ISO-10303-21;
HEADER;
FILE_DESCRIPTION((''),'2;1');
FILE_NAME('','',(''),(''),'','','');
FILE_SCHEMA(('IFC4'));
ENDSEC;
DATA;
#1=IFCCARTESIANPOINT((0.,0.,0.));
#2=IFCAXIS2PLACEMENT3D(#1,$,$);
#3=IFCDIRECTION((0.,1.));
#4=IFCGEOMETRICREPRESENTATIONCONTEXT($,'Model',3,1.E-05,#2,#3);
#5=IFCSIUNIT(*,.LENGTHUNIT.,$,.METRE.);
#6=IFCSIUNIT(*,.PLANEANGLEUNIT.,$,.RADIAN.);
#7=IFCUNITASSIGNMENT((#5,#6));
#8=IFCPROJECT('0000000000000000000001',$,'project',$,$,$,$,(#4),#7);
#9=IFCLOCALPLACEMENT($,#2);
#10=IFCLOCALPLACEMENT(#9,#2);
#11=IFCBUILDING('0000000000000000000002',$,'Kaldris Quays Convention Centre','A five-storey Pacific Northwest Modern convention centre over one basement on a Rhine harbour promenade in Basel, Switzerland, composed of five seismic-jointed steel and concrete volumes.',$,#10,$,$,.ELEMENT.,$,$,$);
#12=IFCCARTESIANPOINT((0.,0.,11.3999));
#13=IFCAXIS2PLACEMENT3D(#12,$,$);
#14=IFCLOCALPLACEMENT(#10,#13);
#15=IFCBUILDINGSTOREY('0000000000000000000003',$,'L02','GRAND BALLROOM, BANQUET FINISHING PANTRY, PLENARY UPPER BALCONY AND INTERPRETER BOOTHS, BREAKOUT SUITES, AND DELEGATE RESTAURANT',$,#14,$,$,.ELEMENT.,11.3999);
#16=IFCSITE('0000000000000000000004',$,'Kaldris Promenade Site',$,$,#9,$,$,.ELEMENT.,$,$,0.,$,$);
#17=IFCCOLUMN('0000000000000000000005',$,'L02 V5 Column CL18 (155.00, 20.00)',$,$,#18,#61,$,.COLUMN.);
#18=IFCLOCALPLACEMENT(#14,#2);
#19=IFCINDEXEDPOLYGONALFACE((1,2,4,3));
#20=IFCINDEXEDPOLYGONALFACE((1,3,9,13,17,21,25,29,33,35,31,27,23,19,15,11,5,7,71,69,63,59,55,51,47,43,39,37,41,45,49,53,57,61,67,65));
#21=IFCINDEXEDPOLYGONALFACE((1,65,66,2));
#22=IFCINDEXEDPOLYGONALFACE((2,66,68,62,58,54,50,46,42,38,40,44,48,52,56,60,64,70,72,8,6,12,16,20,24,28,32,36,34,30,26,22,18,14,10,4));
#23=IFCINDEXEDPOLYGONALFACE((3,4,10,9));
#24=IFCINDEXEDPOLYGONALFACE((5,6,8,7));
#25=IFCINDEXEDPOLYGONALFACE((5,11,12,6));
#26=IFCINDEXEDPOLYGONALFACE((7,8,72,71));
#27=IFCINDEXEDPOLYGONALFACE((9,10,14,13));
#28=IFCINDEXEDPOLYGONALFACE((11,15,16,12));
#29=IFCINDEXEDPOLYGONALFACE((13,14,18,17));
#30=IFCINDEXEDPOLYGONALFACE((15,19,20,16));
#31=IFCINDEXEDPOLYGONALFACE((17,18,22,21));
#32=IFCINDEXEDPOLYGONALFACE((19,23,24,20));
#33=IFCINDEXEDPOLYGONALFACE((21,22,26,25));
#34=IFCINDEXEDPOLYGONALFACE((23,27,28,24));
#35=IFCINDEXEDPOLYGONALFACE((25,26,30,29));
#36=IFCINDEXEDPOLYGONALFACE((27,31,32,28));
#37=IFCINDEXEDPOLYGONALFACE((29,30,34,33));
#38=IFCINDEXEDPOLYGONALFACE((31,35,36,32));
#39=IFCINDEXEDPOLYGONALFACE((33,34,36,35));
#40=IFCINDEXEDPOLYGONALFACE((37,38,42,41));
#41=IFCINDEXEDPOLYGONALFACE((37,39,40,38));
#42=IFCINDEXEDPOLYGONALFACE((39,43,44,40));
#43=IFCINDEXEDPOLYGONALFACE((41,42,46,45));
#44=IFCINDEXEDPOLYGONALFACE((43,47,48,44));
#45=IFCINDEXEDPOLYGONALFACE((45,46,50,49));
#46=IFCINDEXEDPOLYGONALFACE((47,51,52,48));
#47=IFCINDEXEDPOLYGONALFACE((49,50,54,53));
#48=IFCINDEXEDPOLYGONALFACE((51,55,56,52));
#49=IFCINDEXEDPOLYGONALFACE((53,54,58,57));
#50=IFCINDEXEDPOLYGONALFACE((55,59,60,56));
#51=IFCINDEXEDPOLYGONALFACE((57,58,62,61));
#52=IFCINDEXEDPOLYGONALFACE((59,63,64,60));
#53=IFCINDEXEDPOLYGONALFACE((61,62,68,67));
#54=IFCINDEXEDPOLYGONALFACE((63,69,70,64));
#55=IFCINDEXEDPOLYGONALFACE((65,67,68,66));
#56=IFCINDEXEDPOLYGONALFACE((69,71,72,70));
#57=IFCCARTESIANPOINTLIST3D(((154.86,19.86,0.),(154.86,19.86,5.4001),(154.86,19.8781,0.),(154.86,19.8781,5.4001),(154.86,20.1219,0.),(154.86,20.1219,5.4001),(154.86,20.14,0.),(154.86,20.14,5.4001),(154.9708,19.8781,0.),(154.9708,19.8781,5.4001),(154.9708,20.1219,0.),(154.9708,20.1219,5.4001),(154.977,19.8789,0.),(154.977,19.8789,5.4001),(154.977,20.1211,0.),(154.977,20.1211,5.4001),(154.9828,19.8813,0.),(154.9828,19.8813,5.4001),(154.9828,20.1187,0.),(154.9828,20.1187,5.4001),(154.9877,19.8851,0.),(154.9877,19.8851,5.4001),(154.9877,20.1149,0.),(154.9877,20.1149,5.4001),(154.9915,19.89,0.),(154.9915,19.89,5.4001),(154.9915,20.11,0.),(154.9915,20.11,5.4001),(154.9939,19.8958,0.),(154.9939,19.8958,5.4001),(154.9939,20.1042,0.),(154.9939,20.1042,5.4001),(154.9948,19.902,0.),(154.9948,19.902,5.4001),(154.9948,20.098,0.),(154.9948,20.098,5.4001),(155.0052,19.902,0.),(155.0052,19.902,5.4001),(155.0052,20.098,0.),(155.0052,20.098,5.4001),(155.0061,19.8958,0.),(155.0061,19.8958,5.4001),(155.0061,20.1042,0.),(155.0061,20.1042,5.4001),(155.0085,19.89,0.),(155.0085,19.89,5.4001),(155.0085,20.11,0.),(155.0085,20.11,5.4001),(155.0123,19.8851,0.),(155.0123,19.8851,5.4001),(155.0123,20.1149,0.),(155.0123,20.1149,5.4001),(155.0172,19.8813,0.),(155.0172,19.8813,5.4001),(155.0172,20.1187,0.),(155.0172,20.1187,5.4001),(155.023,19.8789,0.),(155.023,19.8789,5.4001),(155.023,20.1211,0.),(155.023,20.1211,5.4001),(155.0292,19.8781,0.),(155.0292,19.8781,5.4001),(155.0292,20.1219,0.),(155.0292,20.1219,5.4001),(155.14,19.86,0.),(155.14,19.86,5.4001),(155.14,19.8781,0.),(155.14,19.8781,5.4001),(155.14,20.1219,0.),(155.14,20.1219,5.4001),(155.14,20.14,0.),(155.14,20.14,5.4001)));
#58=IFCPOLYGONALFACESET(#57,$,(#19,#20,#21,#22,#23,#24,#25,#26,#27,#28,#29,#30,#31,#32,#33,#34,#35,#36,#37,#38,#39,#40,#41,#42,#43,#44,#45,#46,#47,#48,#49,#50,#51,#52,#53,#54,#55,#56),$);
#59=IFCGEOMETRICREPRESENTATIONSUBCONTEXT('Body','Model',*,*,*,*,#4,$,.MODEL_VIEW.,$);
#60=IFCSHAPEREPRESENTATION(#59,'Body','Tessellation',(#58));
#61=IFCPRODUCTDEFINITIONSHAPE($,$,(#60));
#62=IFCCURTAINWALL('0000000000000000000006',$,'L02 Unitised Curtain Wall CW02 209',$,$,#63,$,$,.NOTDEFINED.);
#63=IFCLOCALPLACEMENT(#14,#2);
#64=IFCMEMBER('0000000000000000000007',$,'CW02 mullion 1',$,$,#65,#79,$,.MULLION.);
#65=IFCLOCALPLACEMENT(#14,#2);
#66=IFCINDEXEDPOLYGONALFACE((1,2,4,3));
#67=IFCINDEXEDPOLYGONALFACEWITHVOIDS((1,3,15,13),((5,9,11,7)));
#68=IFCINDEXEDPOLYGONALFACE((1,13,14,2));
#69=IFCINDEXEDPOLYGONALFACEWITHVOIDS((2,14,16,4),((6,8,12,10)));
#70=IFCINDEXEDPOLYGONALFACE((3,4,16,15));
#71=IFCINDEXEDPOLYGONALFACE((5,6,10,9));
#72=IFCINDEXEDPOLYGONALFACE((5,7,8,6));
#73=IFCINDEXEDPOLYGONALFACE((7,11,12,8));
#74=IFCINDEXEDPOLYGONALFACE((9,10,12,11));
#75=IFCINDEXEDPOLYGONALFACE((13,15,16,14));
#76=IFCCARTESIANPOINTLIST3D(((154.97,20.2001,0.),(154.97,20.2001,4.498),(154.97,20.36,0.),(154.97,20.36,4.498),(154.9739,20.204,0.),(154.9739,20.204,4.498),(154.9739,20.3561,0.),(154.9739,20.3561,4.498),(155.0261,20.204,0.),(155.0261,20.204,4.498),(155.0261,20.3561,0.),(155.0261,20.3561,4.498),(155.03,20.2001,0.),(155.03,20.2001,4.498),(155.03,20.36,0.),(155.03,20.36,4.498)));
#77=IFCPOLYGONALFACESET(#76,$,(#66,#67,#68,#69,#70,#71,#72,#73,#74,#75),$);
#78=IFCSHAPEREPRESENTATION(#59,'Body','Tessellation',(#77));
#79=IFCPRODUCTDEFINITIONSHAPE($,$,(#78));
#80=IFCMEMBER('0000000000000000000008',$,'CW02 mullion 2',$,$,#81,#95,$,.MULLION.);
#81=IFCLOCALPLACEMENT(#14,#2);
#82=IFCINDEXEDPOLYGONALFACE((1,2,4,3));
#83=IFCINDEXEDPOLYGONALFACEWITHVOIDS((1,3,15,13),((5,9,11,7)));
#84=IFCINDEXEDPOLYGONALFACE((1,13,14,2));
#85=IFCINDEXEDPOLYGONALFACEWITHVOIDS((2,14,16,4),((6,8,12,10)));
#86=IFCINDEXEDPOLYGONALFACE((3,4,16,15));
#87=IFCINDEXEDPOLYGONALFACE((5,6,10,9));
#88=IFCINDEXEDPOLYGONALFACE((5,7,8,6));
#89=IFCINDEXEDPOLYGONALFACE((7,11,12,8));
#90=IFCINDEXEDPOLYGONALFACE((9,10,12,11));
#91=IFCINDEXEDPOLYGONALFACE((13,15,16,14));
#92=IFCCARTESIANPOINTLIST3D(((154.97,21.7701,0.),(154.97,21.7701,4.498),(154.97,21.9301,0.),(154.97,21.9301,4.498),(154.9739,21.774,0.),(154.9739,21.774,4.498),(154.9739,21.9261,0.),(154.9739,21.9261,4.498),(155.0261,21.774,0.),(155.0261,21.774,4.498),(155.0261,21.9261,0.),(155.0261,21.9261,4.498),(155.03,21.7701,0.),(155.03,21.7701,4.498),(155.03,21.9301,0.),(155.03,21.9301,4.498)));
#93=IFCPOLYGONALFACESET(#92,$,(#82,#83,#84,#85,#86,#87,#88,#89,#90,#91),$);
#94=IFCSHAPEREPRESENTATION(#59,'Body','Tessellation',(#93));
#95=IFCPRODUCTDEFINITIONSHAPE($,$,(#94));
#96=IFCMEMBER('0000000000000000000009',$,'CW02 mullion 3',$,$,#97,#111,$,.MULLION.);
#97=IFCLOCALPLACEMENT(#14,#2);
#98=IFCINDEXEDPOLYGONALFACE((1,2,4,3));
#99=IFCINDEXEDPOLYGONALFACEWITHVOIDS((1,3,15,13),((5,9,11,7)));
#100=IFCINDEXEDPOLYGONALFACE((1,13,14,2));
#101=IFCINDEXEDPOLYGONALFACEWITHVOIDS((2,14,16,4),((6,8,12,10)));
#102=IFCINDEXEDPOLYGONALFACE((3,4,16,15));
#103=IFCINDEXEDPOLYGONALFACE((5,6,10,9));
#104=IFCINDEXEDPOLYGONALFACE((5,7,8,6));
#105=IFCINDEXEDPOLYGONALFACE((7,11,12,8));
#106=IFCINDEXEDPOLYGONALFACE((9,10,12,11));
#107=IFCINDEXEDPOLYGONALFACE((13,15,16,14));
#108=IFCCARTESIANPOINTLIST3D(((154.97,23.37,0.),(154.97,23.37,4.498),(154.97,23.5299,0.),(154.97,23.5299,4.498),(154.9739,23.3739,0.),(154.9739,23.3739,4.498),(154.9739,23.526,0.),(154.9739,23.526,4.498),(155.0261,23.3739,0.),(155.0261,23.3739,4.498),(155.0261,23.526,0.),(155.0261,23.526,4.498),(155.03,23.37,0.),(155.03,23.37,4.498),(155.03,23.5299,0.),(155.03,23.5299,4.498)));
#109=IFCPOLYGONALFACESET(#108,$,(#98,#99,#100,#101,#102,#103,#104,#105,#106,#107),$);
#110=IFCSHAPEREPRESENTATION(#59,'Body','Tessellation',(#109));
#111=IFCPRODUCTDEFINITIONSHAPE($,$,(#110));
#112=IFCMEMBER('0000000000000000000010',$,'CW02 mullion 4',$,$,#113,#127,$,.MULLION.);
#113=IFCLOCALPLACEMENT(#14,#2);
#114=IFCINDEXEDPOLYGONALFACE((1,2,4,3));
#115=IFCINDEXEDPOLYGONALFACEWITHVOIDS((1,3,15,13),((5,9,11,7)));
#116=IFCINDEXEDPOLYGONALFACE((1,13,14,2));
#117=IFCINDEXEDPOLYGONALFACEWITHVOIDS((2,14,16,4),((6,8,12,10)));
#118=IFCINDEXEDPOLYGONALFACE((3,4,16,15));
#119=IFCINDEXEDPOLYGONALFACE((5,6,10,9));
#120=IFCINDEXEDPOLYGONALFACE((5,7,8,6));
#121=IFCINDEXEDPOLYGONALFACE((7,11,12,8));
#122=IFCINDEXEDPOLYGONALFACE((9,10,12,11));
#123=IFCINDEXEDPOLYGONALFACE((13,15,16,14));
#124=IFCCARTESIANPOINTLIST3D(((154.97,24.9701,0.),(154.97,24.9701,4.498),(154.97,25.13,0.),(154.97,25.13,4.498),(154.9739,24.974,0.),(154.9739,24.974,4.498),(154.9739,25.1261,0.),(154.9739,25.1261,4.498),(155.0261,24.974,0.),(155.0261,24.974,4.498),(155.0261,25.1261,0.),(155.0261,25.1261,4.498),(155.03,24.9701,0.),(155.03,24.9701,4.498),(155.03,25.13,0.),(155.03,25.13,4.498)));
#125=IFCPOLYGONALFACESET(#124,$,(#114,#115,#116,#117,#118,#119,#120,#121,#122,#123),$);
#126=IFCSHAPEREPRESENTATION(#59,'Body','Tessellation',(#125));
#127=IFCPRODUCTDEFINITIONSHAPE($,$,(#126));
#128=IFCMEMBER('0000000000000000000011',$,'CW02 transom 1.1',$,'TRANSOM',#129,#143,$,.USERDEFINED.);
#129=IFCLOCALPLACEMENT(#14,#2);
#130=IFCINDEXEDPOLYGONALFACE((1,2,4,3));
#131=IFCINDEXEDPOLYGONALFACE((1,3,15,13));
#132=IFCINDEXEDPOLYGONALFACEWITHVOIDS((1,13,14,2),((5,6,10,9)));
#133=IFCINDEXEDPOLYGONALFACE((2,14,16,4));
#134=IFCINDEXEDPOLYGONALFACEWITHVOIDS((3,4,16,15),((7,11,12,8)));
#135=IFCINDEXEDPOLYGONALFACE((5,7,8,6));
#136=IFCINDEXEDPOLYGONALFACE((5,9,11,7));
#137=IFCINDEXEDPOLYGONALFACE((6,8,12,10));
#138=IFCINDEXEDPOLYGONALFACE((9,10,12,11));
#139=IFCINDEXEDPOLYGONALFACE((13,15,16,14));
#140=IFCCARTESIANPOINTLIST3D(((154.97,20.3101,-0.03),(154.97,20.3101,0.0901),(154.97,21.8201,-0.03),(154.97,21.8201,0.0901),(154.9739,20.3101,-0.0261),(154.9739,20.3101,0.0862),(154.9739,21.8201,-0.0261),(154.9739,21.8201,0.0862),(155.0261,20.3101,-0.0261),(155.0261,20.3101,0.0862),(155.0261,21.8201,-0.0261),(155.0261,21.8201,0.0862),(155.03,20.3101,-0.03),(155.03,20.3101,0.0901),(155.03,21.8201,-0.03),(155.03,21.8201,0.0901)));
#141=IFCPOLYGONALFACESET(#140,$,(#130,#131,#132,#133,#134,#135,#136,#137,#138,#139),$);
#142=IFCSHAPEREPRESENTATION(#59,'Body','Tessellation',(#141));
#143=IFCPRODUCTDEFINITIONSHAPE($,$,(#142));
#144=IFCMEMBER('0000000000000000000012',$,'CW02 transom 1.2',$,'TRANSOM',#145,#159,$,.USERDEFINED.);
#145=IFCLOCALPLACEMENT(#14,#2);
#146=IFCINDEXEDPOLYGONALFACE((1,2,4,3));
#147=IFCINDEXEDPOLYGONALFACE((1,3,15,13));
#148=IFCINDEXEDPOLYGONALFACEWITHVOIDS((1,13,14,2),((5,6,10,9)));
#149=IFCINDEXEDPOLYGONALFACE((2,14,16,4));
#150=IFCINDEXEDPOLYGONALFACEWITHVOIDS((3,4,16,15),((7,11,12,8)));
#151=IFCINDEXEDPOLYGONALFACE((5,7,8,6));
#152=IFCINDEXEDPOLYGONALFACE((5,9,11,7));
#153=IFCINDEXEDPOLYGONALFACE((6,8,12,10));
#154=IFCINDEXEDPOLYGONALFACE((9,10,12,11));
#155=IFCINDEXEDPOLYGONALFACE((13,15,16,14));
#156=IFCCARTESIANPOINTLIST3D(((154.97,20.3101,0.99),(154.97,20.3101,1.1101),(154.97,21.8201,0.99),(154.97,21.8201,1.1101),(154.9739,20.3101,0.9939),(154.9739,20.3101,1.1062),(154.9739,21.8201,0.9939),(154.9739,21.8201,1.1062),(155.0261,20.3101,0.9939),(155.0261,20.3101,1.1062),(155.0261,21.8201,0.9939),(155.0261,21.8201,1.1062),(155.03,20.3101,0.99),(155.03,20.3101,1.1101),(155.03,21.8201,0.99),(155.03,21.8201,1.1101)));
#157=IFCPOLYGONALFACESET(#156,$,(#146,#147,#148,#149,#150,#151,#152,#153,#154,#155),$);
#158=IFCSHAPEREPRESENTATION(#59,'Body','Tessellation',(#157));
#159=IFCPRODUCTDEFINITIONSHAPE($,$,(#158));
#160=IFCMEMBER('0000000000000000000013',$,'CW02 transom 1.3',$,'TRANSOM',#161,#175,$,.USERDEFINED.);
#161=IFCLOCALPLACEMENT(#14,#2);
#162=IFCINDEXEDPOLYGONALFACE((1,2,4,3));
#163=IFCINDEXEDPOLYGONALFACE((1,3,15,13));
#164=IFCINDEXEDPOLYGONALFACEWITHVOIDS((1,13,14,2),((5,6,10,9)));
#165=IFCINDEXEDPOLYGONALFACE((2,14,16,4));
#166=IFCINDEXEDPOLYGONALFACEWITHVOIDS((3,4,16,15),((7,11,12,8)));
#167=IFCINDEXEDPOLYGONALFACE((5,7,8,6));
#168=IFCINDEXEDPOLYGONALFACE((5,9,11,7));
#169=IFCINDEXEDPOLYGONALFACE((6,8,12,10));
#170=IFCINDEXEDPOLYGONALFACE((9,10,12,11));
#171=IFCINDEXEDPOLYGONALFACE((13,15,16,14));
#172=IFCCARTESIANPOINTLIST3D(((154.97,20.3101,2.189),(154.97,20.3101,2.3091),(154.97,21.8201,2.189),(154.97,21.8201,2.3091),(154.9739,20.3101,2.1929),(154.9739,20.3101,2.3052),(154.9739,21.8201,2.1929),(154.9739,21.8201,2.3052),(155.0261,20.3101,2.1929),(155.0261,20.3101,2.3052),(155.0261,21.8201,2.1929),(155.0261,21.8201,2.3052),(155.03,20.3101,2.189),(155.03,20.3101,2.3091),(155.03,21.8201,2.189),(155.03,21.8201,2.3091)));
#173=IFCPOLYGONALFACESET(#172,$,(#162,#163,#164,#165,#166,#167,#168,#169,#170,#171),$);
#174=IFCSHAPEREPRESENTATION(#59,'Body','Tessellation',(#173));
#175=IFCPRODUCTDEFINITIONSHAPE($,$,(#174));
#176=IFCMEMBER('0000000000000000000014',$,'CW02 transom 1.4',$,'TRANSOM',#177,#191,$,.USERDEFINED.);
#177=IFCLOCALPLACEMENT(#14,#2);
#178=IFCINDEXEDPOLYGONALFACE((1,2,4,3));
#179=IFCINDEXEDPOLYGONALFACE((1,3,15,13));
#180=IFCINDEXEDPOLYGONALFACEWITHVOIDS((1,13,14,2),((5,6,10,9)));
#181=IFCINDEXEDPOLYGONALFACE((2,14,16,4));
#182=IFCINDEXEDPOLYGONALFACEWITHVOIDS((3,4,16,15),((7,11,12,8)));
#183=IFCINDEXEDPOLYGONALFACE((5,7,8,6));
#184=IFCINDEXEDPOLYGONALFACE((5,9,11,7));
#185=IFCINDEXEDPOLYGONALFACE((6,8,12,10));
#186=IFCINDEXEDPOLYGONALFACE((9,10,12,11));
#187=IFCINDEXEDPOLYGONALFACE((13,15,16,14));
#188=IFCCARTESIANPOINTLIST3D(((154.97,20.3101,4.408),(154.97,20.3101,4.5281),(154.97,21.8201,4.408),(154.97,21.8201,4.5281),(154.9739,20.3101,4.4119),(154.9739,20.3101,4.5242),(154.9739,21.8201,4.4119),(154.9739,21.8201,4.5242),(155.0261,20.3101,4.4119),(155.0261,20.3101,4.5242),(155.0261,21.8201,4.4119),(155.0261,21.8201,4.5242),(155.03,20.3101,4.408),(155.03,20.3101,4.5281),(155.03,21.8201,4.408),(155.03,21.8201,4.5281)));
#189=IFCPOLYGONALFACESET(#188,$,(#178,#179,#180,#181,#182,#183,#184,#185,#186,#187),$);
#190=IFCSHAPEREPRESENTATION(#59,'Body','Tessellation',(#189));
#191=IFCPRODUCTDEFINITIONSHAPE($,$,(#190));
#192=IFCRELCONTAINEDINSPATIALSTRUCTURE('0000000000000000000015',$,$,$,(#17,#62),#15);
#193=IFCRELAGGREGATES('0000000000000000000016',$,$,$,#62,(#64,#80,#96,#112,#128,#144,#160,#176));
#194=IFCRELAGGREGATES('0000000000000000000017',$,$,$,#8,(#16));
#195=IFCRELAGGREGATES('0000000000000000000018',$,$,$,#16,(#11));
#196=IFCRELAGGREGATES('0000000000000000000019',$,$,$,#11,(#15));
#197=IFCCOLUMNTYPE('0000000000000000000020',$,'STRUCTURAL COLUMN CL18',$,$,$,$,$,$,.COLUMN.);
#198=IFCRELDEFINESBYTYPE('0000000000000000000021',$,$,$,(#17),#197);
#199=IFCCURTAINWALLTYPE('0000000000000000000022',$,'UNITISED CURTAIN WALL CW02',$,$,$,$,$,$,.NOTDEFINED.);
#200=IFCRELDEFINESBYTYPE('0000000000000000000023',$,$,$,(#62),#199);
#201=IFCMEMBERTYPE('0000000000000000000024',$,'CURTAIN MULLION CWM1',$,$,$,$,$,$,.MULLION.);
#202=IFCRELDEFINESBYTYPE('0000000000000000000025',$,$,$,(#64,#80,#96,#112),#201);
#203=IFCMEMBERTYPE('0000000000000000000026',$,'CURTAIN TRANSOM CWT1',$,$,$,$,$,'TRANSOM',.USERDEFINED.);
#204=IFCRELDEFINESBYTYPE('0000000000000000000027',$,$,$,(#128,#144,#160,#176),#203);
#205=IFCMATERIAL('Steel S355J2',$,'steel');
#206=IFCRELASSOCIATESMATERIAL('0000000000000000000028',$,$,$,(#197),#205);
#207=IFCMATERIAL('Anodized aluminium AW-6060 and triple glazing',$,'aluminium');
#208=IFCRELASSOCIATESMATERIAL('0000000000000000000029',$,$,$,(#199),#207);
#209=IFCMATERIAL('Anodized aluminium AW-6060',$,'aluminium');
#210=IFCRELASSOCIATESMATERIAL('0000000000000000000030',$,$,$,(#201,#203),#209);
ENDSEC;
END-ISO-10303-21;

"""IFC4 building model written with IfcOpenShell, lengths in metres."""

from ifc_helpers import new_model, si_unit, direction, frame, origin, origin_2d, place, context, subcontext, project, spatial, hollow_rectangle, i_section, extrude, material, material_profile, profile_set, type_object, element, aggregate, save


model = new_model("IFC4")

# Units and contexts
model_context = context("Model", 3, precision=1e-05, world=origin(), true_north=direction((0.0, 1.0)))
body_context = subcontext(model_context, "Body", "Model", "MODEL_VIEW")
ifc_project = project(units=[si_unit("LENGTHUNIT", "METRE"), si_unit("PLANEANGLEUNIT", "RADIAN")], contexts=[model_context])

# Site, building, storey
site_placement = place(None, origin())
site = spatial("IfcSite", under=ifc_project, at=site_placement, Name="Kaldris Promenade Site", CompositionType="ELEMENT", RefElevation=0.0)
building_placement = place(site_placement, origin())
building = spatial("IfcBuilding", under=site, at=building_placement, Name="Kaldris Quays Convention Centre", Description="A five-storey Pacific Northwest Modern convention centre over one basement on a Rhine harbour promenade in Basel, Switzerland, composed of five seismic-jointed steel and concrete volumes.", CompositionType="ELEMENT")
storey_placement = place(building_placement, frame((0.0, 0.0, 11.3999)))
storey = spatial("IfcBuildingStorey", under=building, at=storey_placement, Name="L02", Description="GRAND BALLROOM, BANQUET FINISHING PANTRY, PLENARY UPPER BALCONY AND INTERPRETER BOOTHS, BREAKOUT SUITES, AND DELEGATE RESTAURANT", CompositionType="ELEMENT", Elevation=11.3999)

# Column
ifc_material_1 = material(Name="Steel S355J2", Category="steel")
ifc_material_profile_1 = material_profile(ifc_material_1, i_section(OverallWidth=0.28, OverallDepth=0.28, WebThickness=0.0105, FlangeThickness=0.0181, FilletRadius=0.0239, at=origin_2d()), Name="HEB 280")
ifc_profile_set_1 = profile_set([ifc_material_profile_1], Name="Steel S355J2")
column_type = type_object("IfcColumnType", Name="STRUCTURAL COLUMN CL18", PredefinedType="COLUMN", material=ifc_profile_set_1)
column_placement = place(storey_placement, frame((155.0, 20.0, 0.0), z_axis=(0.0, 0.0, 1.0), x_axis=(1.0, 0.0, 0.0)))
element("IfcColumn", 1, at=column_placement, inside=storey, type_object=column_type, Name="L02 V5 Column CL18 (155.00, 20.00)", PredefinedType="COLUMN", context=body_context, shape_type="SweptSolid", body=[
    extrude(i_section(OverallWidth=0.28, OverallDepth=0.28, WebThickness=0.0105, FlangeThickness=0.0181, FilletRadius=0.0239, at=origin_2d()), origin(), (0.0, 0.0, 1.0), 5.4001),
])

# Curtain wall, members
ifc_material_2 = material(Name="Anodized aluminium AW-6060 and triple glazing", Category="aluminium")
curtain_wall_type = type_object("IfcCurtainWallType", Name="UNITISED CURTAIN WALL CW02", PredefinedType="NOTDEFINED", material=ifc_material_2)
curtain_wall_placement = place(storey_placement, origin())
curtain_wall = element("IfcCurtainWall", 2, at=curtain_wall_placement, inside=storey, type_object=curtain_wall_type, Name="L02 Unitised Curtain Wall CW02 209", PredefinedType="NOTDEFINED")
ifc_material_3 = material(Name="Anodized aluminium AW-6060", Category="aluminium")
ifc_material_profile_2 = material_profile(ifc_material_3, hollow_rectangle(XDim=0.0601, YDim=0.1599, WallThickness=0.0039, at=origin_2d()), Name="RHS 160x60x4")
ifc_profile_set_2 = profile_set([ifc_material_profile_2], Name="Anodized aluminium AW-6060")
member_type_1 = type_object("IfcMemberType", Name="CURTAIN MULLION CWM1", PredefinedType="MULLION", material=ifc_profile_set_2)
member_1_placement = place(storey_placement, frame((155.0, 20.28, 0.0), z_axis=(0.0, 0.0, 1.0), x_axis=(-1.0, 0.0, 0.0)))
member_1 = element("IfcMember", 3, at=member_1_placement, type_object=member_type_1, Name="CW02 mullion 1", PredefinedType="MULLION", context=body_context, shape_type="SweptSolid", body=[
    extrude(hollow_rectangle(XDim=0.0601, YDim=0.1599, WallThickness=0.0039, at=origin_2d()), origin(), (0.0, 0.0, 1.0), 4.498),
])
member_2_placement = place(storey_placement, frame((155.0, 21.8501, 0.0), z_axis=(0.0, 0.0, 1.0), x_axis=(-1.0, 0.0, 0.0)))
member_2 = element("IfcMember", 4, at=member_2_placement, type_object=member_type_1, Name="CW02 mullion 2", PredefinedType="MULLION", context=body_context, shape_type="SweptSolid", body=[
    extrude(hollow_rectangle(XDim=0.0601, YDim=0.1599, WallThickness=0.0039, at=origin_2d()), origin(), (0.0, 0.0, 1.0), 4.498),
])
member_3_placement = place(storey_placement, frame((155.0, 23.45, 0.0), z_axis=(0.0, 0.0, 1.0), x_axis=(-1.0, 0.0, 0.0)))
member_3 = element("IfcMember", 5, at=member_3_placement, type_object=member_type_1, Name="CW02 mullion 3", PredefinedType="MULLION", context=body_context, shape_type="SweptSolid", body=[
    extrude(hollow_rectangle(XDim=0.0601, YDim=0.1599, WallThickness=0.0039, at=origin_2d()), origin(), (0.0, 0.0, 1.0), 4.498),
])
member_4_placement = place(storey_placement, frame((155.0, 25.05, 0.0), z_axis=(0.0, 0.0, 1.0), x_axis=(-1.0, 0.0, 0.0)))
member_4 = element("IfcMember", 6, at=member_4_placement, type_object=member_type_1, Name="CW02 mullion 4", PredefinedType="MULLION", context=body_context, shape_type="SweptSolid", body=[
    extrude(hollow_rectangle(XDim=0.0601, YDim=0.1599, WallThickness=0.0039, at=origin_2d()), origin(), (0.0, 0.0, 1.0), 4.498),
])
ifc_material_profile_3 = material_profile(ifc_material_3, hollow_rectangle(XDim=0.0601, YDim=0.1201, WallThickness=0.0039, at=origin_2d()), Name="RHS 120x60x4")
ifc_profile_set_3 = profile_set([ifc_material_profile_3], Name="Anodized aluminium AW-6060")
member_type_2 = type_object("IfcMemberType", Name="CURTAIN TRANSOM CWT1", ElementType="TRANSOM", PredefinedType="USERDEFINED", material=ifc_profile_set_3)
member_5_placement = place(storey_placement, frame((155.0, 20.3101, 0.03), z_axis=(0.0, 1.0, 0.0), x_axis=(-1.0, 0.0, 0.0)))
member_5 = element("IfcMember", 7, at=member_5_placement, type_object=member_type_2, Name="CW02 transom 1.1", ObjectType="TRANSOM", PredefinedType="USERDEFINED", context=body_context, shape_type="SweptSolid", body=[
    extrude(hollow_rectangle(XDim=0.0601, YDim=0.1201, WallThickness=0.0039, at=origin_2d()), origin(), (0.0, 0.0, 1.0), 1.51),
])
member_6_placement = place(storey_placement, frame((155.0, 20.3101, 1.05), z_axis=(0.0, 1.0, 0.0), x_axis=(-1.0, 0.0, 0.0)))
member_6 = element("IfcMember", 8, at=member_6_placement, type_object=member_type_2, Name="CW02 transom 1.2", ObjectType="TRANSOM", PredefinedType="USERDEFINED", context=body_context, shape_type="SweptSolid", body=[
    extrude(hollow_rectangle(XDim=0.0601, YDim=0.1201, WallThickness=0.0039, at=origin_2d()), origin(), (0.0, 0.0, 1.0), 1.51),
])
member_7_placement = place(storey_placement, frame((155.0, 20.3101, 2.249), z_axis=(0.0, 1.0, 0.0), x_axis=(-1.0, 0.0, 0.0)))
member_7 = element("IfcMember", 9, at=member_7_placement, type_object=member_type_2, Name="CW02 transom 1.3", ObjectType="TRANSOM", PredefinedType="USERDEFINED", context=body_context, shape_type="SweptSolid", body=[
    extrude(hollow_rectangle(XDim=0.0601, YDim=0.1201, WallThickness=0.0039, at=origin_2d()), origin(), (0.0, 0.0, 1.0), 1.51),
])
member_8_placement = place(storey_placement, frame((155.0, 20.3101, 4.468), z_axis=(0.0, 1.0, 0.0), x_axis=(-1.0, 0.0, 0.0)))
member_8 = element("IfcMember", 10, at=member_8_placement, type_object=member_type_2, Name="CW02 transom 1.4", ObjectType="TRANSOM", PredefinedType="USERDEFINED", context=body_context, shape_type="SweptSolid", body=[
    extrude(hollow_rectangle(XDim=0.0601, YDim=0.1201, WallThickness=0.0039, at=origin_2d()), origin(), (0.0, 0.0, 1.0), 1.51),
])

aggregate(curtain_wall, [member_1, member_2, member_3, member_4, member_5, member_6, member_7, member_8])

save(model, "model.ifc")
